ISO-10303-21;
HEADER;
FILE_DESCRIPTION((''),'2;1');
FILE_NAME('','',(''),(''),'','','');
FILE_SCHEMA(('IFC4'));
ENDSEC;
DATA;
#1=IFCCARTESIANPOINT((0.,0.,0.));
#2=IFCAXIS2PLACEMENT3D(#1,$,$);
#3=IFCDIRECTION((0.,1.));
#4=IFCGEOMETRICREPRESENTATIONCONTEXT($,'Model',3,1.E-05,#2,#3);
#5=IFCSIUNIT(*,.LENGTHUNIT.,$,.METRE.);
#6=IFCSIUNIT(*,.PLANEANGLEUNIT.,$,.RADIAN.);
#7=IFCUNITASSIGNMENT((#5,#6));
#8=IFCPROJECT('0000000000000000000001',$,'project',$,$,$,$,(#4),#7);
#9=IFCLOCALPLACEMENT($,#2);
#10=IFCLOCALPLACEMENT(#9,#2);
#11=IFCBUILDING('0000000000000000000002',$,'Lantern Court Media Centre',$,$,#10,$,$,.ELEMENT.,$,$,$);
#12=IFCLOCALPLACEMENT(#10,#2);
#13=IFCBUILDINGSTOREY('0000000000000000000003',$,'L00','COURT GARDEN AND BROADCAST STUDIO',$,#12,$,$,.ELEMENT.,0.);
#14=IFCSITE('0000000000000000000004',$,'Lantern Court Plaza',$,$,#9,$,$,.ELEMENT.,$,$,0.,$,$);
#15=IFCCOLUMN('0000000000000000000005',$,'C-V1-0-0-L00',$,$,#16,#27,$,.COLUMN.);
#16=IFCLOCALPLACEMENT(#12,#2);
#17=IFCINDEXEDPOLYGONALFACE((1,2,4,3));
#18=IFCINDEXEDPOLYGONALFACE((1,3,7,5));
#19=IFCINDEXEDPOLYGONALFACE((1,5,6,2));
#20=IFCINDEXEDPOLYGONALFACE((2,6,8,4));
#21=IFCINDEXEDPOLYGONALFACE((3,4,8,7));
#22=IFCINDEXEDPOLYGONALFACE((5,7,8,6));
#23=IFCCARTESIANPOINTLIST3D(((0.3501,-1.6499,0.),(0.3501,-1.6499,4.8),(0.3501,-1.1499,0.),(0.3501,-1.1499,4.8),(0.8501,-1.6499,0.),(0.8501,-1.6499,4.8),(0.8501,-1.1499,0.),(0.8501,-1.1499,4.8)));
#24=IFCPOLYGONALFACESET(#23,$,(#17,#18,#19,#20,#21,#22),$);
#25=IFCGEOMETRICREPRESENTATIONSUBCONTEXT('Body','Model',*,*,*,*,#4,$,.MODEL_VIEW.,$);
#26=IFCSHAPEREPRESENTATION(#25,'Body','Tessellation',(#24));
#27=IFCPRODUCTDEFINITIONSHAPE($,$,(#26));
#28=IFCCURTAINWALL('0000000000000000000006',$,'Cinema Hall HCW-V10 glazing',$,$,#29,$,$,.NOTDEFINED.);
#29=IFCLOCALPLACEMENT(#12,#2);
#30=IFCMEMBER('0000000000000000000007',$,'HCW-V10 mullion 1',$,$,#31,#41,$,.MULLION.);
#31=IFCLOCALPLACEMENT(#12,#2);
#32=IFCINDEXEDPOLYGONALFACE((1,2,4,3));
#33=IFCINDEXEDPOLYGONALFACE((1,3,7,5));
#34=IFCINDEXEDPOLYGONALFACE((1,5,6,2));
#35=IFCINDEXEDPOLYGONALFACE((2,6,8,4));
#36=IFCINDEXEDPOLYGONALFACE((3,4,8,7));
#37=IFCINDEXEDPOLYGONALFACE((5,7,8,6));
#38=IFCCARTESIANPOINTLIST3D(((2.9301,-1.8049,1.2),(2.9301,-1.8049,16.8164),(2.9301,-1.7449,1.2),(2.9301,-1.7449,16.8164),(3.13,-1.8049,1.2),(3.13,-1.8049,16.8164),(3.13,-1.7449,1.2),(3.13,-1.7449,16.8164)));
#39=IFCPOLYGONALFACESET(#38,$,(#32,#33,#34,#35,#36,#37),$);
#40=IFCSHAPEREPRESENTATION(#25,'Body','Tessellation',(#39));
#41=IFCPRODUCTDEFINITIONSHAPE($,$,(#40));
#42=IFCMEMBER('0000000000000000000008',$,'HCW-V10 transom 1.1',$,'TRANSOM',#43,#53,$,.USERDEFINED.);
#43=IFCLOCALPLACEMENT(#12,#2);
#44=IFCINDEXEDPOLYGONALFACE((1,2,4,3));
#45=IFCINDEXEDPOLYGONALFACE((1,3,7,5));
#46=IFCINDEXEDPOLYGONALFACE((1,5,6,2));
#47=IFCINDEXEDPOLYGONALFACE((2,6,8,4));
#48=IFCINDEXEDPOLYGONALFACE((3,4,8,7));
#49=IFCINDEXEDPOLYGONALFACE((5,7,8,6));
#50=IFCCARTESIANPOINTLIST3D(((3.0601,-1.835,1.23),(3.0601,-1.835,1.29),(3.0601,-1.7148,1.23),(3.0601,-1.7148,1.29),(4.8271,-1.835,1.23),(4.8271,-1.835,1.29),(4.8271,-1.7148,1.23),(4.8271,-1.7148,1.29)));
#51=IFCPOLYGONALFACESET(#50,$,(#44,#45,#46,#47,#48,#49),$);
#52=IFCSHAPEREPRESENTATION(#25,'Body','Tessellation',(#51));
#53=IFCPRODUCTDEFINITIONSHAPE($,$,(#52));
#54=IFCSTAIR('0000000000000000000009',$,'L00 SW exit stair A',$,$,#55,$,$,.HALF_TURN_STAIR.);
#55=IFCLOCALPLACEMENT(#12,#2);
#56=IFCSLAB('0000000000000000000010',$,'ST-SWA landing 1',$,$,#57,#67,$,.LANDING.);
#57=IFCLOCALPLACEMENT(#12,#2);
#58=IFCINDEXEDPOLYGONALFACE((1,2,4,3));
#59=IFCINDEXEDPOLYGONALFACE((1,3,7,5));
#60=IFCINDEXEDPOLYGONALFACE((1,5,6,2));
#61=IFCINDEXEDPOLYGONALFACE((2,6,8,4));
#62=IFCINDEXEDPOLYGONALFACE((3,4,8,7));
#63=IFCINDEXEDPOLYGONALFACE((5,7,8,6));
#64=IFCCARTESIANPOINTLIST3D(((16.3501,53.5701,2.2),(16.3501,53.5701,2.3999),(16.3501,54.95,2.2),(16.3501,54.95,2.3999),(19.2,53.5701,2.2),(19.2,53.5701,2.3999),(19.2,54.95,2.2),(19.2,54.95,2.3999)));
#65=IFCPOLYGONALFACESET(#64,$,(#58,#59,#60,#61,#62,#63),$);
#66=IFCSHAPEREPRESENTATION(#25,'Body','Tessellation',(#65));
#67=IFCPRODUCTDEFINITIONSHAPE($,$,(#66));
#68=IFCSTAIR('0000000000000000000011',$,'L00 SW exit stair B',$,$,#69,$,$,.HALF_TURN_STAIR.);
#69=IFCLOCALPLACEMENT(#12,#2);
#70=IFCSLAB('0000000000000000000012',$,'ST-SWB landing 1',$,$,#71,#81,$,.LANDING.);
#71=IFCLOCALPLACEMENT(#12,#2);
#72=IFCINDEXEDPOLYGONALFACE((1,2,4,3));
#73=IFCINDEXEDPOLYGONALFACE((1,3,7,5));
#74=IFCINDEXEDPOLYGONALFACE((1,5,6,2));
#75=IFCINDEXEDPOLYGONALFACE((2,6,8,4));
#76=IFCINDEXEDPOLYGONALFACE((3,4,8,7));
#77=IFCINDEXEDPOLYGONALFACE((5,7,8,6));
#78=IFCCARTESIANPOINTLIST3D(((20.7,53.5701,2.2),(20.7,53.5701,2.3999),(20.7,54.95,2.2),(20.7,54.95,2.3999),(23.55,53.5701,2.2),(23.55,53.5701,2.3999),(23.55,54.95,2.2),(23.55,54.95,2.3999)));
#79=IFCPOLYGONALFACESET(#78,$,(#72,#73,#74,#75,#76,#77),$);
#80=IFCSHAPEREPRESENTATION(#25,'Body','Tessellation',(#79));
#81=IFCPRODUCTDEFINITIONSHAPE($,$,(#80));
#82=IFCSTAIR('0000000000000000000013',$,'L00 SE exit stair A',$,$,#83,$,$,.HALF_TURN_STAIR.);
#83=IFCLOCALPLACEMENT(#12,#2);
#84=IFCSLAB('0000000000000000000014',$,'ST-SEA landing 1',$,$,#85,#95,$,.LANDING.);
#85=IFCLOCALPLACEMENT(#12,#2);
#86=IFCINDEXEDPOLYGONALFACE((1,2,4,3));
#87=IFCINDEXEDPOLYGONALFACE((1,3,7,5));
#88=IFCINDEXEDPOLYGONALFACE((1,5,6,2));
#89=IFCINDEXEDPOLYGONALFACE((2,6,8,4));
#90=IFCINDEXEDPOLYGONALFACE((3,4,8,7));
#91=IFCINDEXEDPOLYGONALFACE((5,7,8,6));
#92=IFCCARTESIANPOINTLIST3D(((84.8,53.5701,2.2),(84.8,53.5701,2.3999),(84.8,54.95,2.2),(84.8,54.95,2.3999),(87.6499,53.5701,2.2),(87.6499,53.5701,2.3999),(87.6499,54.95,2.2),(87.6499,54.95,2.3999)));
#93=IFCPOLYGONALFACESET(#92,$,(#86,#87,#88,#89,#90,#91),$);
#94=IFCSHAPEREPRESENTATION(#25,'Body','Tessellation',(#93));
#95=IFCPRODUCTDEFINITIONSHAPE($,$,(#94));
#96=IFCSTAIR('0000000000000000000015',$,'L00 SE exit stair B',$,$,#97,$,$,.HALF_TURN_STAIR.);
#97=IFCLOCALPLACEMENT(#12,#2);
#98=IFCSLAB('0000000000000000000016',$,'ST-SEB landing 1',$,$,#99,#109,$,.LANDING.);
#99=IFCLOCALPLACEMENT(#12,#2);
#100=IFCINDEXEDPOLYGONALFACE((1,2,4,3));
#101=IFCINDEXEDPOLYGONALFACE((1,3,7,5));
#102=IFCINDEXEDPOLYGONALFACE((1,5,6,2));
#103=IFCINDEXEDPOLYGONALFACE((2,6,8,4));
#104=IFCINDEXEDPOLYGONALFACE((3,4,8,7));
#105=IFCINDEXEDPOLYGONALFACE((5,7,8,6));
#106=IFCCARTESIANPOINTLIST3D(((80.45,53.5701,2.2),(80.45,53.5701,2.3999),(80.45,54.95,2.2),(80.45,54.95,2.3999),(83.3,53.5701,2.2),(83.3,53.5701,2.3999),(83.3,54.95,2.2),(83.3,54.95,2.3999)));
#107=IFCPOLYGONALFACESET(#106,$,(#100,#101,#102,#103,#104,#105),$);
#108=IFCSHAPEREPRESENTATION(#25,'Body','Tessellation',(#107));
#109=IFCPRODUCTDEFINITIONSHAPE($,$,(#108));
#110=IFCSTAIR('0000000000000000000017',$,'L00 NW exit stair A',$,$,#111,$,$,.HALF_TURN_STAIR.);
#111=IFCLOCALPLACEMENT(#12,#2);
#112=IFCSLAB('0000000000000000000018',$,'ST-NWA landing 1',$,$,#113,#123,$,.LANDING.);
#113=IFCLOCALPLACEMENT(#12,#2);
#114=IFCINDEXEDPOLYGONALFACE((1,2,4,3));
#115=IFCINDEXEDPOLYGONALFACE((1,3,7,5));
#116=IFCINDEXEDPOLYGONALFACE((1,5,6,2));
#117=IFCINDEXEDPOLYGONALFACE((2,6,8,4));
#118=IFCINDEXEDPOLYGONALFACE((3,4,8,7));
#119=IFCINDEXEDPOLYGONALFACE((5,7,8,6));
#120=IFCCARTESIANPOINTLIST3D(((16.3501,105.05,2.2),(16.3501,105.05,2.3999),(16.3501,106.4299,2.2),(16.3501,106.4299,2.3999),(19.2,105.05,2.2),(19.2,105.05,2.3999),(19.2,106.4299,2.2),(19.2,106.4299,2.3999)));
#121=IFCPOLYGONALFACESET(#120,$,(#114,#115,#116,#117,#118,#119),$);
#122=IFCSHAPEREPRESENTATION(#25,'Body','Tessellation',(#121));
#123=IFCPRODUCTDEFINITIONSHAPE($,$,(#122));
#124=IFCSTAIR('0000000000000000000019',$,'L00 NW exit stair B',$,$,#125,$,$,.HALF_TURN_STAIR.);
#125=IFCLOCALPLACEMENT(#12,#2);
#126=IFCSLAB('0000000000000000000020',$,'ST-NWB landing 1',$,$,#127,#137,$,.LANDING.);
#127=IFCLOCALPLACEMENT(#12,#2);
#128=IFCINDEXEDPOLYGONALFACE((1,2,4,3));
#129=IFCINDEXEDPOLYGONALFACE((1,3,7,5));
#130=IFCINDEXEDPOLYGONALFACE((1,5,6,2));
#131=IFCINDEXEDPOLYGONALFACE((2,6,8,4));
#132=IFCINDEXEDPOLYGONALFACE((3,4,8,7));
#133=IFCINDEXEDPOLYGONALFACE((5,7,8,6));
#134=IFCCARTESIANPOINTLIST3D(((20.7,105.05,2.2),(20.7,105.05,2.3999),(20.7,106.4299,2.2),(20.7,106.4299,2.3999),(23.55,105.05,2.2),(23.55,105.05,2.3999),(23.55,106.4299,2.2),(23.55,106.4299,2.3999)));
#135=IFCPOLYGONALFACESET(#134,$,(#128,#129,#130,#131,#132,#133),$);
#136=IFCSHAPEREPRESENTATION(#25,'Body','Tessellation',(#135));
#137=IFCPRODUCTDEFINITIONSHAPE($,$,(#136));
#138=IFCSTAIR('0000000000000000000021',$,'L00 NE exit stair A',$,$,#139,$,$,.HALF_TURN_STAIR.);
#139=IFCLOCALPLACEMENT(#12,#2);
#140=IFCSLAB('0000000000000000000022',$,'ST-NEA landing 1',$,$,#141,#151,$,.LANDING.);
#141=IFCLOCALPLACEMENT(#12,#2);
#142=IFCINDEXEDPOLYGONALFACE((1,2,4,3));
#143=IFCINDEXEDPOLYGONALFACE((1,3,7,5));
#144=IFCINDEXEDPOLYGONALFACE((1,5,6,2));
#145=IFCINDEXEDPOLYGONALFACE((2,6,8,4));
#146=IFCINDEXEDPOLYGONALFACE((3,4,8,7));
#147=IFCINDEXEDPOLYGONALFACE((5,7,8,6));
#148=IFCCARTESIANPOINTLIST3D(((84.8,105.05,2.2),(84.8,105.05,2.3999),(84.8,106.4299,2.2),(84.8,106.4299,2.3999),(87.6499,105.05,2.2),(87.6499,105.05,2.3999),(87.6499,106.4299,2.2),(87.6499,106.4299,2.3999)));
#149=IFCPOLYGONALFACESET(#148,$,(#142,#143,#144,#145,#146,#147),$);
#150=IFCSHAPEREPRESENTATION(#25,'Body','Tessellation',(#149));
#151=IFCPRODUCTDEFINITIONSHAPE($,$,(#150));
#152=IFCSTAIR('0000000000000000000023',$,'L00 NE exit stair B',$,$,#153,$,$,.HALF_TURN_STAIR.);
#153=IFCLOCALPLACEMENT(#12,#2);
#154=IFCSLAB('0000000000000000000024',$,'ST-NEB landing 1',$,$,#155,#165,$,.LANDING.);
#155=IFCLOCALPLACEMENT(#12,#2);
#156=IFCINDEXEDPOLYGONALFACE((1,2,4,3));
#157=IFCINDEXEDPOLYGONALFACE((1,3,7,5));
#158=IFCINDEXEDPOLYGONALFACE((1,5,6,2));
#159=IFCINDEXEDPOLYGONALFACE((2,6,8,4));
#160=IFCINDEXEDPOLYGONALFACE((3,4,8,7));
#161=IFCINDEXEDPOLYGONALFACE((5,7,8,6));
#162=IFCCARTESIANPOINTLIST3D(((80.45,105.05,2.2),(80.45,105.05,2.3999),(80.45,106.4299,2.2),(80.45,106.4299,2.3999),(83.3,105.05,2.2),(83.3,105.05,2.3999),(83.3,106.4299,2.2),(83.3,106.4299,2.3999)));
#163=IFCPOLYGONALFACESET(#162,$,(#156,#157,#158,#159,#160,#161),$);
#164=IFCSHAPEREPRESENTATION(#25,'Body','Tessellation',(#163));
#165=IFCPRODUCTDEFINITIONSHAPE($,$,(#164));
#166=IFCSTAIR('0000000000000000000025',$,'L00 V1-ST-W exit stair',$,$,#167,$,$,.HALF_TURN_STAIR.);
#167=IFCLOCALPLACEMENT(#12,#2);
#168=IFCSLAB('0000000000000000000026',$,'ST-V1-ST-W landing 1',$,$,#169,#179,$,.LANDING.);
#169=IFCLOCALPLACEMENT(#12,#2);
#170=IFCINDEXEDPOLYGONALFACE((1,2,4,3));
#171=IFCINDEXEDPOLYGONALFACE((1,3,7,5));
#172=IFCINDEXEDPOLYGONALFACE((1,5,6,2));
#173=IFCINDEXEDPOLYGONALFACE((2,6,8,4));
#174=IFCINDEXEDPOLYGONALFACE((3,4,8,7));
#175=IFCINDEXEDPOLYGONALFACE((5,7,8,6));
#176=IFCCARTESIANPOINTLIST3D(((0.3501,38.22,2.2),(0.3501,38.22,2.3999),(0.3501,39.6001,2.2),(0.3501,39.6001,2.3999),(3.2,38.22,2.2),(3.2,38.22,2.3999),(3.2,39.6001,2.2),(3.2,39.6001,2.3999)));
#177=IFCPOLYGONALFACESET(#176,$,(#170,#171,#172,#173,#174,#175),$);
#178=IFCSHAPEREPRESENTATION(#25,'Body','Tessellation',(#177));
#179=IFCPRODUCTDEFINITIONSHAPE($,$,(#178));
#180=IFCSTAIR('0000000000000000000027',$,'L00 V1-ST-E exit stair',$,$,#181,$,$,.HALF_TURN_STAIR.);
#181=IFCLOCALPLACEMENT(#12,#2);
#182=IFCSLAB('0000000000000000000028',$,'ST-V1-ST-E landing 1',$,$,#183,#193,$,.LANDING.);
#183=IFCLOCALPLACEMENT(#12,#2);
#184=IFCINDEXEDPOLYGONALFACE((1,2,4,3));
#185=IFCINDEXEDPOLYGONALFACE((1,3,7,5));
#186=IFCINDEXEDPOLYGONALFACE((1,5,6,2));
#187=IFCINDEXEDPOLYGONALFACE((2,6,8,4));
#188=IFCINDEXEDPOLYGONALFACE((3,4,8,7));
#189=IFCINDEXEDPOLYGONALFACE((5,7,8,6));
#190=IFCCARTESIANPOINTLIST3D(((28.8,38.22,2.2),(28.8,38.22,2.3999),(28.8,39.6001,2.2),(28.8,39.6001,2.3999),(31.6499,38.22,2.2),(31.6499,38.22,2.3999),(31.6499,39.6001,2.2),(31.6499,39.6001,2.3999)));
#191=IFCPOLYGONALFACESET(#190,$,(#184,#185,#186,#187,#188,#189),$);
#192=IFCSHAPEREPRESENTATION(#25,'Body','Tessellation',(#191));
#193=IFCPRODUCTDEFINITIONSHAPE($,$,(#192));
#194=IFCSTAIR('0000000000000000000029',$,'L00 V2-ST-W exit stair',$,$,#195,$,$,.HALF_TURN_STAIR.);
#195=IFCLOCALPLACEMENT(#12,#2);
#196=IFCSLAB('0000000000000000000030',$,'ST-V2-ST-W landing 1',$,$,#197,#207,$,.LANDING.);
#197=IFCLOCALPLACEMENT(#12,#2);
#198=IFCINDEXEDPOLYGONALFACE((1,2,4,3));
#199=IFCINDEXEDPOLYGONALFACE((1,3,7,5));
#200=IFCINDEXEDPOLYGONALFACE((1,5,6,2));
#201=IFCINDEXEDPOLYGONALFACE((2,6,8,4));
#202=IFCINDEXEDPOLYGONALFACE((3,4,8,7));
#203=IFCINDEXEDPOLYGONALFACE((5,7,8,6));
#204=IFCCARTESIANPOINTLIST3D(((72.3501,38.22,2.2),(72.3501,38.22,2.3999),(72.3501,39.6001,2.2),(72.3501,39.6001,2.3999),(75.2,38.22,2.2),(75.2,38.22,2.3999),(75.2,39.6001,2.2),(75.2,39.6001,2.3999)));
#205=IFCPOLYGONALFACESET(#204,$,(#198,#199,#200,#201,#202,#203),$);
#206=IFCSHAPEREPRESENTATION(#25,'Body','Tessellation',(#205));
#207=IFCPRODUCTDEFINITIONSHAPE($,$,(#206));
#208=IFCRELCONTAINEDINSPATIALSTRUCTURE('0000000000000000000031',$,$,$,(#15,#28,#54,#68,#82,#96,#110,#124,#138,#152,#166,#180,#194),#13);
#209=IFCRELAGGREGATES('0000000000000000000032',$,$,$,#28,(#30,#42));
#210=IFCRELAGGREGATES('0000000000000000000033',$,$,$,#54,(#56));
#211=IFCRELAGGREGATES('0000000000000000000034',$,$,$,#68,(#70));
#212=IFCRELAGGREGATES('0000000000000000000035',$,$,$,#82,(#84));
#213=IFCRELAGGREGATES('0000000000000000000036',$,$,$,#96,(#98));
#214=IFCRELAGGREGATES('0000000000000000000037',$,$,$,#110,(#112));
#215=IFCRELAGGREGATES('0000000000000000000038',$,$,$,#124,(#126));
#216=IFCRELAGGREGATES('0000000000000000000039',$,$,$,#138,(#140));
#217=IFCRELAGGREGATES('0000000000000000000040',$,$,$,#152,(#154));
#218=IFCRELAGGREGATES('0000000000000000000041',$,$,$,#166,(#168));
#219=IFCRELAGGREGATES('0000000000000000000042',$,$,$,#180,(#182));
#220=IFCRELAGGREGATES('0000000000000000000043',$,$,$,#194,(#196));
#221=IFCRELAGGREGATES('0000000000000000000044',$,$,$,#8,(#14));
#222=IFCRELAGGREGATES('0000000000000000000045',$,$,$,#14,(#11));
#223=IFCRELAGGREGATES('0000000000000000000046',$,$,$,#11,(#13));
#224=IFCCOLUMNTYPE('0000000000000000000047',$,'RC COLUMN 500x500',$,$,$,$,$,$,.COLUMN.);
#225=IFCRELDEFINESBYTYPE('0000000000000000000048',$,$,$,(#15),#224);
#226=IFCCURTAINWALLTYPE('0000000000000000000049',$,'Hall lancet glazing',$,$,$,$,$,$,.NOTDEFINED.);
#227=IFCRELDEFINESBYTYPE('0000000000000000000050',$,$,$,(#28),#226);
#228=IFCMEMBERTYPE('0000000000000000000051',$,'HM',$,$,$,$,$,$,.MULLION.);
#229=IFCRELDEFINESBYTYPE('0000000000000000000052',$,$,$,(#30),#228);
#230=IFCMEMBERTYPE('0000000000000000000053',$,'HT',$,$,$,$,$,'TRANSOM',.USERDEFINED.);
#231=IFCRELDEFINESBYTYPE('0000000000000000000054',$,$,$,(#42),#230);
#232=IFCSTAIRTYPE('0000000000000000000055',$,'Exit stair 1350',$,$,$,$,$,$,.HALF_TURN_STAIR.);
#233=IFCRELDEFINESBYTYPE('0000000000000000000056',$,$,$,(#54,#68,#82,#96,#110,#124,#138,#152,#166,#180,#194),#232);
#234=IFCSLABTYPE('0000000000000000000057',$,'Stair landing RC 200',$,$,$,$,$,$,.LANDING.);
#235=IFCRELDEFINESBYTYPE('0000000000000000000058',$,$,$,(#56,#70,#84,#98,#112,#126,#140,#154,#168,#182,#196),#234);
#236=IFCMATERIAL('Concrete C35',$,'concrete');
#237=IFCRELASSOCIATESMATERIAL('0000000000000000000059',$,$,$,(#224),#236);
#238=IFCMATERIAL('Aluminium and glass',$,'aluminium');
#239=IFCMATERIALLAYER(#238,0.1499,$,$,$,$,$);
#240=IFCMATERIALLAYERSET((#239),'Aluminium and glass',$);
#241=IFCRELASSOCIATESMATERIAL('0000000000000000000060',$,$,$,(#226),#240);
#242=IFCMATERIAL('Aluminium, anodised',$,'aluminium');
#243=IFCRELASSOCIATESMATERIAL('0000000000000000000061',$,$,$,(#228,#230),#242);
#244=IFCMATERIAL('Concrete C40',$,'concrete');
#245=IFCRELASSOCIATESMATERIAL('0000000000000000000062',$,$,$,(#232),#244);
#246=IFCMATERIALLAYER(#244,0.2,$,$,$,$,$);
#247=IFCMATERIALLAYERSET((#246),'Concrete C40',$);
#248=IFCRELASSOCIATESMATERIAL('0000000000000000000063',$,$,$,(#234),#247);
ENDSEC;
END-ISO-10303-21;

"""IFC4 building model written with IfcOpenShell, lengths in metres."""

from ifc_helpers import new_model, si_unit, direction, frame, origin, origin_2d, place, context, subcontext, project, spatial, polyline, rectangle, outline, extrude, material, layer, layer_set, material_profile, profile_set, type_object, element, aggregate, save


model = new_model("IFC4")

# Units and contexts
model_context = context("Model", 3, precision=1e-05, world=origin(), true_north=direction((0.0, 1.0)))
body_context = subcontext(model_context, "Body", "Model", "MODEL_VIEW")
ifc_project = project(units=[si_unit("LENGTHUNIT", "METRE"), si_unit("PLANEANGLEUNIT", "RADIAN")], contexts=[model_context])

# Site, building, storey
site_placement = place(None, origin())
site = spatial("IfcSite", under=ifc_project, at=site_placement, Name="Lantern Court Plaza", CompositionType="ELEMENT", RefElevation=0.0)
building_placement = place(site_placement, origin())
building = spatial("IfcBuilding", under=site, at=building_placement, Name="Lantern Court Media Centre", CompositionType="ELEMENT")
storey_placement = place(building_placement, origin())
storey = spatial("IfcBuildingStorey", under=building, at=storey_placement, Name="L00", Description="COURT GARDEN AND BROADCAST STUDIO", CompositionType="ELEMENT", Elevation=0.0)

# Column
ifc_material_1 = material(Name="Concrete C35", Category="concrete")
ifc_material_profile_1 = material_profile(ifc_material_1, rectangle(XDim=0.5, YDim=0.5, at=origin_2d()), Name="RC 500x500")
ifc_profile_set_1 = profile_set([ifc_material_profile_1], Name="Concrete C35")
column_type = type_object("IfcColumnType", Name="RC COLUMN 500x500", PredefinedType="COLUMN", material=ifc_profile_set_1)
column_placement = place(storey_placement, frame((0.6001, -1.3999, 0.0), z_axis=(0.0, 0.0, 1.0), x_axis=(1.0, 0.0, 0.0)))
element("IfcColumn", 1, at=column_placement, inside=storey, type_object=column_type, Name="C-V1-0-0-L00", PredefinedType="COLUMN", context=body_context, shape_type="SweptSolid", body=[
    extrude(rectangle(XDim=0.5, YDim=0.5, at=origin_2d()), origin(), (0.0, 0.0, 1.0), 4.8),
])

# Curtain wall, members
ifc_material_2 = material(Name="Aluminium and glass", Category="aluminium")
ifc_layer_1 = layer(ifc_material_2, 0.1499)
ifc_layer_set_1 = layer_set([ifc_layer_1], Name="Aluminium and glass")
curtain_wall_type = type_object("IfcCurtainWallType", Name="Hall lancet glazing", PredefinedType="NOTDEFINED", material=ifc_layer_set_1)
curtain_wall_placement = place(storey_placement, origin())
curtain_wall = element("IfcCurtainWall", 2, at=curtain_wall_placement, inside=storey, type_object=curtain_wall_type, Name="Cinema Hall HCW-V10 glazing", PredefinedType="NOTDEFINED")
ifc_material_3 = material(Name="Aluminium, anodised", Category="aluminium")
ifc_material_profile_2 = material_profile(ifc_material_3, rectangle(XDim=0.0601, YDim=0.2, at=origin_2d()), Name="HM")
ifc_profile_set_2 = profile_set([ifc_material_profile_2], Name="Aluminium, anodised")
member_type_1 = type_object("IfcMemberType", Name="HM", PredefinedType="MULLION", material=ifc_profile_set_2)
member_1_placement = place(storey_placement, frame((3.03, -1.7749, 1.2), z_axis=(0.0, 0.0, 1.0), x_axis=(0.0, 1.0, 0.0)))
member_1 = element("IfcMember", 3, at=member_1_placement, type_object=member_type_1, Name="HCW-V10 mullion 1", PredefinedType="MULLION", context=body_context, shape_type="SweptSolid", body=[
    extrude(rectangle(XDim=0.0601, YDim=0.2, at=origin_2d()), origin(), (0.0, 0.0, 1.0), 15.6165),
])
ifc_material_profile_3 = material_profile(ifc_material_3, rectangle(XDim=0.1201, YDim=0.0601, at=origin_2d()), Name="HT")
ifc_profile_set_3 = profile_set([ifc_material_profile_3], Name="Aluminium, anodised")
member_type_2 = type_object("IfcMemberType", Name="HT", ElementType="TRANSOM", PredefinedType="USERDEFINED", material=ifc_profile_set_3)
member_2_placement = place(storey_placement, frame((3.0601, -1.7749, 1.26), z_axis=(1.0, 0.0, 0.0), x_axis=(0.0, 1.0, 0.0)))
member_2 = element("IfcMember", 4, at=member_2_placement, type_object=member_type_2, Name="HCW-V10 transom 1.1", ObjectType="TRANSOM", PredefinedType="USERDEFINED", context=body_context, shape_type="SweptSolid", body=[
    extrude(rectangle(XDim=0.1201, YDim=0.0601, at=origin_2d()), origin(), (0.0, 0.0, 1.0), 1.7671),
])
aggregate(curtain_wall, [member_1, member_2])

# Stairs, slabs
ifc_material_4 = material(Name="Concrete C40", Category="concrete")
stair_type = type_object("IfcStairType", Name="Exit stair 1350", PredefinedType="HALF_TURN_STAIR", material=ifc_material_4)
stair_1_placement = place(storey_placement, origin())
stair_1 = element("IfcStair", 5, at=stair_1_placement, inside=storey, type_object=stair_type, Name="L00 SW exit stair A", PredefinedType="HALF_TURN_STAIR")
ifc_layer_2 = layer(ifc_material_4, 0.2)
ifc_layer_set_2 = layer_set([ifc_layer_2], Name="Concrete C40")
slab_type = type_object("IfcSlabType", Name="Stair landing RC 200", PredefinedType="LANDING", material=ifc_layer_set_2)
slab_1_placement = place(storey_placement, frame((0.0, 0.0, 2.2)))
slab_1 = element("IfcSlab", 6, at=slab_1_placement, type_object=slab_type, Name="ST-SWA landing 1", PredefinedType="LANDING", context=body_context, shape_type="SweptSolid", body=[
    extrude(outline(polyline([(19.2, 53.5701), (19.2, 54.95), (16.3501, 54.95), (16.3501, 53.5701), (19.2, 53.5701)])), origin(), (0.0, 0.0, 1.0), 0.2),
])
aggregate(stair_1, [slab_1])
stair_2_placement = place(storey_placement, origin())
stair_2 = element("IfcStair", 7, at=stair_2_placement, inside=storey, type_object=stair_type, Name="L00 SW exit stair B", PredefinedType="HALF_TURN_STAIR")
slab_2_placement = place(storey_placement, frame((0.0, 0.0, 2.2)))
slab_2 = element("IfcSlab", 8, at=slab_2_placement, type_object=slab_type, Name="ST-SWB landing 1", PredefinedType="LANDING", context=body_context, shape_type="SweptSolid", body=[
    extrude(outline(polyline([(23.55, 53.5701), (23.55, 54.95), (20.7, 54.95), (20.7, 53.5701), (23.55, 53.5701)])), origin(), (0.0, 0.0, 1.0), 0.2),
])
aggregate(stair_2, [slab_2])
stair_3_placement = place(storey_placement, origin())
stair_3 = element("IfcStair", 9, at=stair_3_placement, inside=storey, type_object=stair_type, Name="L00 SE exit stair A", PredefinedType="HALF_TURN_STAIR")
slab_3_placement = place(storey_placement, frame((0.0, 0.0, 2.2)))
slab_3 = element("IfcSlab", 10, at=slab_3_placement, type_object=slab_type, Name="ST-SEA landing 1", PredefinedType="LANDING", context=body_context, shape_type="SweptSolid", body=[
    extrude(outline(polyline([(87.6499, 53.5701), (87.6499, 54.95), (84.8, 54.95), (84.8, 53.5701), (87.6499, 53.5701)])), origin(), (0.0, 0.0, 1.0), 0.2),
])
aggregate(stair_3, [slab_3])
stair_4_placement = place(storey_placement, origin())
stair_4 = element("IfcStair", 11, at=stair_4_placement, inside=storey, type_object=stair_type, Name="L00 SE exit stair B", PredefinedType="HALF_TURN_STAIR")
slab_4_placement = place(storey_placement, frame((0.0, 0.0, 2.2)))
slab_4 = element("IfcSlab", 12, at=slab_4_placement, type_object=slab_type, Name="ST-SEB landing 1", PredefinedType="LANDING", context=body_context, shape_type="SweptSolid", body=[
    extrude(outline(polyline([(83.3, 53.5701), (83.3, 54.95), (80.45, 54.95), (80.45, 53.5701), (83.3, 53.5701)])), origin(), (0.0, 0.0, 1.0), 0.2),
])
aggregate(stair_4, [slab_4])
stair_5_placement = place(storey_placement, origin())
stair_5 = element("IfcStair", 13, at=stair_5_placement, inside=storey, type_object=stair_type, Name="L00 NW exit stair A", PredefinedType="HALF_TURN_STAIR")
slab_5_placement = place(storey_placement, frame((0.0, 0.0, 2.2)))
slab_5 = element("IfcSlab", 14, at=slab_5_placement, type_object=slab_type, Name="ST-NWA landing 1", PredefinedType="LANDING", context=body_context, shape_type="SweptSolid", body=[
    extrude(outline(polyline([(16.3501, 106.4299), (16.3501, 105.05), (19.2, 105.05), (19.2, 106.4299), (16.3501, 106.4299)])), origin(), (0.0, 0.0, 1.0), 0.2),
])
aggregate(stair_5, [slab_5])
stair_6_placement = place(storey_placement, origin())
stair_6 = element("IfcStair", 15, at=stair_6_placement, inside=storey, type_object=stair_type, Name="L00 NW exit stair B", PredefinedType="HALF_TURN_STAIR")
slab_6_placement = place(storey_placement, frame((0.0, 0.0, 2.2)))
slab_6 = element("IfcSlab", 16, at=slab_6_placement, type_object=slab_type, Name="ST-NWB landing 1", PredefinedType="LANDING", context=body_context, shape_type="SweptSolid", body=[
    extrude(outline(polyline([(20.7, 106.4299), (20.7, 105.05), (23.55, 105.05), (23.55, 106.4299), (20.7, 106.4299)])), origin(), (0.0, 0.0, 1.0), 0.2),
])
aggregate(stair_6, [slab_6])
stair_7_placement = place(storey_placement, origin())
stair_7 = element("IfcStair", 17, at=stair_7_placement, inside=storey, type_object=stair_type, Name="L00 NE exit stair A", PredefinedType="HALF_TURN_STAIR")
slab_7_placement = place(storey_placement, frame((0.0, 0.0, 2.2)))
slab_7 = element("IfcSlab", 18, at=slab_7_placement, type_object=slab_type, Name="ST-NEA landing 1", PredefinedType="LANDING", context=body_context, shape_type="SweptSolid", body=[
    extrude(outline(polyline([(84.8, 106.4299), (84.8, 105.05), (87.6499, 105.05), (87.6499, 106.4299), (84.8, 106.4299)])), origin(), (0.0, 0.0, 1.0), 0.2),
])
aggregate(stair_7, [slab_7])
stair_8_placement = place(storey_placement, origin())
stair_8 = element("IfcStair", 19, at=stair_8_placement, inside=storey, type_object=stair_type, Name="L00 NE exit stair B", PredefinedType="HALF_TURN_STAIR")
slab_8_placement = place(storey_placement, frame((0.0, 0.0, 2.2)))
slab_8 = element("IfcSlab", 20, at=slab_8_placement, type_object=slab_type, Name="ST-NEB landing 1", PredefinedType="LANDING", context=body_context, shape_type="SweptSolid", body=[
    extrude(outline(polyline([(80.45, 106.4299), (80.45, 105.05), (83.3, 105.05), (83.3, 106.4299), (80.45, 106.4299)])), origin(), (0.0, 0.0, 1.0), 0.2),
])
aggregate(stair_8, [slab_8])
stair_9_placement = place(storey_placement, origin())
stair_9 = element("IfcStair", 21, at=stair_9_placement, inside=storey, type_object=stair_type, Name="L00 V1-ST-W exit stair", PredefinedType="HALF_TURN_STAIR")
slab_9_placement = place(storey_placement, frame((0.0, 0.0, 2.2)))
slab_9 = element("IfcSlab", 22, at=slab_9_placement, type_object=slab_type, Name="ST-V1-ST-W landing 1", PredefinedType="LANDING", context=body_context, shape_type="SweptSolid", body=[
    extrude(outline(polyline([(3.2, 38.22), (3.2, 39.6001), (0.3501, 39.6001), (0.3501, 38.22), (3.2, 38.22)])), origin(), (0.0, 0.0, 1.0), 0.2),
])
aggregate(stair_9, [slab_9])
stair_10_placement = place(storey_placement, origin())
stair_10 = element("IfcStair", 23, at=stair_10_placement, inside=storey, type_object=stair_type, Name="L00 V1-ST-E exit stair", PredefinedType="HALF_TURN_STAIR")
slab_10_placement = place(storey_placement, frame((0.0, 0.0, 2.2)))
slab_10 = element("IfcSlab", 24, at=slab_10_placement, type_object=slab_type, Name="ST-V1-ST-E landing 1", PredefinedType="LANDING", context=body_context, shape_type="SweptSolid", body=[
    extrude(outline(polyline([(31.6499, 38.22), (31.6499, 39.6001), (28.8, 39.6001), (28.8, 38.22), (31.6499, 38.22)])), origin(), (0.0, 0.0, 1.0), 0.2),
])
aggregate(stair_10, [slab_10])
stair_11_placement = place(storey_placement, origin())
stair_11 = element("IfcStair", 25, at=stair_11_placement, inside=storey, type_object=stair_type, Name="L00 V2-ST-W exit stair", PredefinedType="HALF_TURN_STAIR")
slab_11_placement = place(storey_placement, frame((0.0, 0.0, 2.2)))
slab_11 = element("IfcSlab", 26, at=slab_11_placement, type_object=slab_type, Name="ST-V2-ST-W landing 1", PredefinedType="LANDING", context=body_context, shape_type="SweptSolid", body=[
    extrude(outline(polyline([(75.2, 38.22), (75.2, 39.6001), (72.3501, 39.6001), (72.3501, 38.22), (75.2, 38.22)])), origin(), (0.0, 0.0, 1.0), 0.2),
])
aggregate(stair_11, [slab_11])

save(model, "model.ifc")
